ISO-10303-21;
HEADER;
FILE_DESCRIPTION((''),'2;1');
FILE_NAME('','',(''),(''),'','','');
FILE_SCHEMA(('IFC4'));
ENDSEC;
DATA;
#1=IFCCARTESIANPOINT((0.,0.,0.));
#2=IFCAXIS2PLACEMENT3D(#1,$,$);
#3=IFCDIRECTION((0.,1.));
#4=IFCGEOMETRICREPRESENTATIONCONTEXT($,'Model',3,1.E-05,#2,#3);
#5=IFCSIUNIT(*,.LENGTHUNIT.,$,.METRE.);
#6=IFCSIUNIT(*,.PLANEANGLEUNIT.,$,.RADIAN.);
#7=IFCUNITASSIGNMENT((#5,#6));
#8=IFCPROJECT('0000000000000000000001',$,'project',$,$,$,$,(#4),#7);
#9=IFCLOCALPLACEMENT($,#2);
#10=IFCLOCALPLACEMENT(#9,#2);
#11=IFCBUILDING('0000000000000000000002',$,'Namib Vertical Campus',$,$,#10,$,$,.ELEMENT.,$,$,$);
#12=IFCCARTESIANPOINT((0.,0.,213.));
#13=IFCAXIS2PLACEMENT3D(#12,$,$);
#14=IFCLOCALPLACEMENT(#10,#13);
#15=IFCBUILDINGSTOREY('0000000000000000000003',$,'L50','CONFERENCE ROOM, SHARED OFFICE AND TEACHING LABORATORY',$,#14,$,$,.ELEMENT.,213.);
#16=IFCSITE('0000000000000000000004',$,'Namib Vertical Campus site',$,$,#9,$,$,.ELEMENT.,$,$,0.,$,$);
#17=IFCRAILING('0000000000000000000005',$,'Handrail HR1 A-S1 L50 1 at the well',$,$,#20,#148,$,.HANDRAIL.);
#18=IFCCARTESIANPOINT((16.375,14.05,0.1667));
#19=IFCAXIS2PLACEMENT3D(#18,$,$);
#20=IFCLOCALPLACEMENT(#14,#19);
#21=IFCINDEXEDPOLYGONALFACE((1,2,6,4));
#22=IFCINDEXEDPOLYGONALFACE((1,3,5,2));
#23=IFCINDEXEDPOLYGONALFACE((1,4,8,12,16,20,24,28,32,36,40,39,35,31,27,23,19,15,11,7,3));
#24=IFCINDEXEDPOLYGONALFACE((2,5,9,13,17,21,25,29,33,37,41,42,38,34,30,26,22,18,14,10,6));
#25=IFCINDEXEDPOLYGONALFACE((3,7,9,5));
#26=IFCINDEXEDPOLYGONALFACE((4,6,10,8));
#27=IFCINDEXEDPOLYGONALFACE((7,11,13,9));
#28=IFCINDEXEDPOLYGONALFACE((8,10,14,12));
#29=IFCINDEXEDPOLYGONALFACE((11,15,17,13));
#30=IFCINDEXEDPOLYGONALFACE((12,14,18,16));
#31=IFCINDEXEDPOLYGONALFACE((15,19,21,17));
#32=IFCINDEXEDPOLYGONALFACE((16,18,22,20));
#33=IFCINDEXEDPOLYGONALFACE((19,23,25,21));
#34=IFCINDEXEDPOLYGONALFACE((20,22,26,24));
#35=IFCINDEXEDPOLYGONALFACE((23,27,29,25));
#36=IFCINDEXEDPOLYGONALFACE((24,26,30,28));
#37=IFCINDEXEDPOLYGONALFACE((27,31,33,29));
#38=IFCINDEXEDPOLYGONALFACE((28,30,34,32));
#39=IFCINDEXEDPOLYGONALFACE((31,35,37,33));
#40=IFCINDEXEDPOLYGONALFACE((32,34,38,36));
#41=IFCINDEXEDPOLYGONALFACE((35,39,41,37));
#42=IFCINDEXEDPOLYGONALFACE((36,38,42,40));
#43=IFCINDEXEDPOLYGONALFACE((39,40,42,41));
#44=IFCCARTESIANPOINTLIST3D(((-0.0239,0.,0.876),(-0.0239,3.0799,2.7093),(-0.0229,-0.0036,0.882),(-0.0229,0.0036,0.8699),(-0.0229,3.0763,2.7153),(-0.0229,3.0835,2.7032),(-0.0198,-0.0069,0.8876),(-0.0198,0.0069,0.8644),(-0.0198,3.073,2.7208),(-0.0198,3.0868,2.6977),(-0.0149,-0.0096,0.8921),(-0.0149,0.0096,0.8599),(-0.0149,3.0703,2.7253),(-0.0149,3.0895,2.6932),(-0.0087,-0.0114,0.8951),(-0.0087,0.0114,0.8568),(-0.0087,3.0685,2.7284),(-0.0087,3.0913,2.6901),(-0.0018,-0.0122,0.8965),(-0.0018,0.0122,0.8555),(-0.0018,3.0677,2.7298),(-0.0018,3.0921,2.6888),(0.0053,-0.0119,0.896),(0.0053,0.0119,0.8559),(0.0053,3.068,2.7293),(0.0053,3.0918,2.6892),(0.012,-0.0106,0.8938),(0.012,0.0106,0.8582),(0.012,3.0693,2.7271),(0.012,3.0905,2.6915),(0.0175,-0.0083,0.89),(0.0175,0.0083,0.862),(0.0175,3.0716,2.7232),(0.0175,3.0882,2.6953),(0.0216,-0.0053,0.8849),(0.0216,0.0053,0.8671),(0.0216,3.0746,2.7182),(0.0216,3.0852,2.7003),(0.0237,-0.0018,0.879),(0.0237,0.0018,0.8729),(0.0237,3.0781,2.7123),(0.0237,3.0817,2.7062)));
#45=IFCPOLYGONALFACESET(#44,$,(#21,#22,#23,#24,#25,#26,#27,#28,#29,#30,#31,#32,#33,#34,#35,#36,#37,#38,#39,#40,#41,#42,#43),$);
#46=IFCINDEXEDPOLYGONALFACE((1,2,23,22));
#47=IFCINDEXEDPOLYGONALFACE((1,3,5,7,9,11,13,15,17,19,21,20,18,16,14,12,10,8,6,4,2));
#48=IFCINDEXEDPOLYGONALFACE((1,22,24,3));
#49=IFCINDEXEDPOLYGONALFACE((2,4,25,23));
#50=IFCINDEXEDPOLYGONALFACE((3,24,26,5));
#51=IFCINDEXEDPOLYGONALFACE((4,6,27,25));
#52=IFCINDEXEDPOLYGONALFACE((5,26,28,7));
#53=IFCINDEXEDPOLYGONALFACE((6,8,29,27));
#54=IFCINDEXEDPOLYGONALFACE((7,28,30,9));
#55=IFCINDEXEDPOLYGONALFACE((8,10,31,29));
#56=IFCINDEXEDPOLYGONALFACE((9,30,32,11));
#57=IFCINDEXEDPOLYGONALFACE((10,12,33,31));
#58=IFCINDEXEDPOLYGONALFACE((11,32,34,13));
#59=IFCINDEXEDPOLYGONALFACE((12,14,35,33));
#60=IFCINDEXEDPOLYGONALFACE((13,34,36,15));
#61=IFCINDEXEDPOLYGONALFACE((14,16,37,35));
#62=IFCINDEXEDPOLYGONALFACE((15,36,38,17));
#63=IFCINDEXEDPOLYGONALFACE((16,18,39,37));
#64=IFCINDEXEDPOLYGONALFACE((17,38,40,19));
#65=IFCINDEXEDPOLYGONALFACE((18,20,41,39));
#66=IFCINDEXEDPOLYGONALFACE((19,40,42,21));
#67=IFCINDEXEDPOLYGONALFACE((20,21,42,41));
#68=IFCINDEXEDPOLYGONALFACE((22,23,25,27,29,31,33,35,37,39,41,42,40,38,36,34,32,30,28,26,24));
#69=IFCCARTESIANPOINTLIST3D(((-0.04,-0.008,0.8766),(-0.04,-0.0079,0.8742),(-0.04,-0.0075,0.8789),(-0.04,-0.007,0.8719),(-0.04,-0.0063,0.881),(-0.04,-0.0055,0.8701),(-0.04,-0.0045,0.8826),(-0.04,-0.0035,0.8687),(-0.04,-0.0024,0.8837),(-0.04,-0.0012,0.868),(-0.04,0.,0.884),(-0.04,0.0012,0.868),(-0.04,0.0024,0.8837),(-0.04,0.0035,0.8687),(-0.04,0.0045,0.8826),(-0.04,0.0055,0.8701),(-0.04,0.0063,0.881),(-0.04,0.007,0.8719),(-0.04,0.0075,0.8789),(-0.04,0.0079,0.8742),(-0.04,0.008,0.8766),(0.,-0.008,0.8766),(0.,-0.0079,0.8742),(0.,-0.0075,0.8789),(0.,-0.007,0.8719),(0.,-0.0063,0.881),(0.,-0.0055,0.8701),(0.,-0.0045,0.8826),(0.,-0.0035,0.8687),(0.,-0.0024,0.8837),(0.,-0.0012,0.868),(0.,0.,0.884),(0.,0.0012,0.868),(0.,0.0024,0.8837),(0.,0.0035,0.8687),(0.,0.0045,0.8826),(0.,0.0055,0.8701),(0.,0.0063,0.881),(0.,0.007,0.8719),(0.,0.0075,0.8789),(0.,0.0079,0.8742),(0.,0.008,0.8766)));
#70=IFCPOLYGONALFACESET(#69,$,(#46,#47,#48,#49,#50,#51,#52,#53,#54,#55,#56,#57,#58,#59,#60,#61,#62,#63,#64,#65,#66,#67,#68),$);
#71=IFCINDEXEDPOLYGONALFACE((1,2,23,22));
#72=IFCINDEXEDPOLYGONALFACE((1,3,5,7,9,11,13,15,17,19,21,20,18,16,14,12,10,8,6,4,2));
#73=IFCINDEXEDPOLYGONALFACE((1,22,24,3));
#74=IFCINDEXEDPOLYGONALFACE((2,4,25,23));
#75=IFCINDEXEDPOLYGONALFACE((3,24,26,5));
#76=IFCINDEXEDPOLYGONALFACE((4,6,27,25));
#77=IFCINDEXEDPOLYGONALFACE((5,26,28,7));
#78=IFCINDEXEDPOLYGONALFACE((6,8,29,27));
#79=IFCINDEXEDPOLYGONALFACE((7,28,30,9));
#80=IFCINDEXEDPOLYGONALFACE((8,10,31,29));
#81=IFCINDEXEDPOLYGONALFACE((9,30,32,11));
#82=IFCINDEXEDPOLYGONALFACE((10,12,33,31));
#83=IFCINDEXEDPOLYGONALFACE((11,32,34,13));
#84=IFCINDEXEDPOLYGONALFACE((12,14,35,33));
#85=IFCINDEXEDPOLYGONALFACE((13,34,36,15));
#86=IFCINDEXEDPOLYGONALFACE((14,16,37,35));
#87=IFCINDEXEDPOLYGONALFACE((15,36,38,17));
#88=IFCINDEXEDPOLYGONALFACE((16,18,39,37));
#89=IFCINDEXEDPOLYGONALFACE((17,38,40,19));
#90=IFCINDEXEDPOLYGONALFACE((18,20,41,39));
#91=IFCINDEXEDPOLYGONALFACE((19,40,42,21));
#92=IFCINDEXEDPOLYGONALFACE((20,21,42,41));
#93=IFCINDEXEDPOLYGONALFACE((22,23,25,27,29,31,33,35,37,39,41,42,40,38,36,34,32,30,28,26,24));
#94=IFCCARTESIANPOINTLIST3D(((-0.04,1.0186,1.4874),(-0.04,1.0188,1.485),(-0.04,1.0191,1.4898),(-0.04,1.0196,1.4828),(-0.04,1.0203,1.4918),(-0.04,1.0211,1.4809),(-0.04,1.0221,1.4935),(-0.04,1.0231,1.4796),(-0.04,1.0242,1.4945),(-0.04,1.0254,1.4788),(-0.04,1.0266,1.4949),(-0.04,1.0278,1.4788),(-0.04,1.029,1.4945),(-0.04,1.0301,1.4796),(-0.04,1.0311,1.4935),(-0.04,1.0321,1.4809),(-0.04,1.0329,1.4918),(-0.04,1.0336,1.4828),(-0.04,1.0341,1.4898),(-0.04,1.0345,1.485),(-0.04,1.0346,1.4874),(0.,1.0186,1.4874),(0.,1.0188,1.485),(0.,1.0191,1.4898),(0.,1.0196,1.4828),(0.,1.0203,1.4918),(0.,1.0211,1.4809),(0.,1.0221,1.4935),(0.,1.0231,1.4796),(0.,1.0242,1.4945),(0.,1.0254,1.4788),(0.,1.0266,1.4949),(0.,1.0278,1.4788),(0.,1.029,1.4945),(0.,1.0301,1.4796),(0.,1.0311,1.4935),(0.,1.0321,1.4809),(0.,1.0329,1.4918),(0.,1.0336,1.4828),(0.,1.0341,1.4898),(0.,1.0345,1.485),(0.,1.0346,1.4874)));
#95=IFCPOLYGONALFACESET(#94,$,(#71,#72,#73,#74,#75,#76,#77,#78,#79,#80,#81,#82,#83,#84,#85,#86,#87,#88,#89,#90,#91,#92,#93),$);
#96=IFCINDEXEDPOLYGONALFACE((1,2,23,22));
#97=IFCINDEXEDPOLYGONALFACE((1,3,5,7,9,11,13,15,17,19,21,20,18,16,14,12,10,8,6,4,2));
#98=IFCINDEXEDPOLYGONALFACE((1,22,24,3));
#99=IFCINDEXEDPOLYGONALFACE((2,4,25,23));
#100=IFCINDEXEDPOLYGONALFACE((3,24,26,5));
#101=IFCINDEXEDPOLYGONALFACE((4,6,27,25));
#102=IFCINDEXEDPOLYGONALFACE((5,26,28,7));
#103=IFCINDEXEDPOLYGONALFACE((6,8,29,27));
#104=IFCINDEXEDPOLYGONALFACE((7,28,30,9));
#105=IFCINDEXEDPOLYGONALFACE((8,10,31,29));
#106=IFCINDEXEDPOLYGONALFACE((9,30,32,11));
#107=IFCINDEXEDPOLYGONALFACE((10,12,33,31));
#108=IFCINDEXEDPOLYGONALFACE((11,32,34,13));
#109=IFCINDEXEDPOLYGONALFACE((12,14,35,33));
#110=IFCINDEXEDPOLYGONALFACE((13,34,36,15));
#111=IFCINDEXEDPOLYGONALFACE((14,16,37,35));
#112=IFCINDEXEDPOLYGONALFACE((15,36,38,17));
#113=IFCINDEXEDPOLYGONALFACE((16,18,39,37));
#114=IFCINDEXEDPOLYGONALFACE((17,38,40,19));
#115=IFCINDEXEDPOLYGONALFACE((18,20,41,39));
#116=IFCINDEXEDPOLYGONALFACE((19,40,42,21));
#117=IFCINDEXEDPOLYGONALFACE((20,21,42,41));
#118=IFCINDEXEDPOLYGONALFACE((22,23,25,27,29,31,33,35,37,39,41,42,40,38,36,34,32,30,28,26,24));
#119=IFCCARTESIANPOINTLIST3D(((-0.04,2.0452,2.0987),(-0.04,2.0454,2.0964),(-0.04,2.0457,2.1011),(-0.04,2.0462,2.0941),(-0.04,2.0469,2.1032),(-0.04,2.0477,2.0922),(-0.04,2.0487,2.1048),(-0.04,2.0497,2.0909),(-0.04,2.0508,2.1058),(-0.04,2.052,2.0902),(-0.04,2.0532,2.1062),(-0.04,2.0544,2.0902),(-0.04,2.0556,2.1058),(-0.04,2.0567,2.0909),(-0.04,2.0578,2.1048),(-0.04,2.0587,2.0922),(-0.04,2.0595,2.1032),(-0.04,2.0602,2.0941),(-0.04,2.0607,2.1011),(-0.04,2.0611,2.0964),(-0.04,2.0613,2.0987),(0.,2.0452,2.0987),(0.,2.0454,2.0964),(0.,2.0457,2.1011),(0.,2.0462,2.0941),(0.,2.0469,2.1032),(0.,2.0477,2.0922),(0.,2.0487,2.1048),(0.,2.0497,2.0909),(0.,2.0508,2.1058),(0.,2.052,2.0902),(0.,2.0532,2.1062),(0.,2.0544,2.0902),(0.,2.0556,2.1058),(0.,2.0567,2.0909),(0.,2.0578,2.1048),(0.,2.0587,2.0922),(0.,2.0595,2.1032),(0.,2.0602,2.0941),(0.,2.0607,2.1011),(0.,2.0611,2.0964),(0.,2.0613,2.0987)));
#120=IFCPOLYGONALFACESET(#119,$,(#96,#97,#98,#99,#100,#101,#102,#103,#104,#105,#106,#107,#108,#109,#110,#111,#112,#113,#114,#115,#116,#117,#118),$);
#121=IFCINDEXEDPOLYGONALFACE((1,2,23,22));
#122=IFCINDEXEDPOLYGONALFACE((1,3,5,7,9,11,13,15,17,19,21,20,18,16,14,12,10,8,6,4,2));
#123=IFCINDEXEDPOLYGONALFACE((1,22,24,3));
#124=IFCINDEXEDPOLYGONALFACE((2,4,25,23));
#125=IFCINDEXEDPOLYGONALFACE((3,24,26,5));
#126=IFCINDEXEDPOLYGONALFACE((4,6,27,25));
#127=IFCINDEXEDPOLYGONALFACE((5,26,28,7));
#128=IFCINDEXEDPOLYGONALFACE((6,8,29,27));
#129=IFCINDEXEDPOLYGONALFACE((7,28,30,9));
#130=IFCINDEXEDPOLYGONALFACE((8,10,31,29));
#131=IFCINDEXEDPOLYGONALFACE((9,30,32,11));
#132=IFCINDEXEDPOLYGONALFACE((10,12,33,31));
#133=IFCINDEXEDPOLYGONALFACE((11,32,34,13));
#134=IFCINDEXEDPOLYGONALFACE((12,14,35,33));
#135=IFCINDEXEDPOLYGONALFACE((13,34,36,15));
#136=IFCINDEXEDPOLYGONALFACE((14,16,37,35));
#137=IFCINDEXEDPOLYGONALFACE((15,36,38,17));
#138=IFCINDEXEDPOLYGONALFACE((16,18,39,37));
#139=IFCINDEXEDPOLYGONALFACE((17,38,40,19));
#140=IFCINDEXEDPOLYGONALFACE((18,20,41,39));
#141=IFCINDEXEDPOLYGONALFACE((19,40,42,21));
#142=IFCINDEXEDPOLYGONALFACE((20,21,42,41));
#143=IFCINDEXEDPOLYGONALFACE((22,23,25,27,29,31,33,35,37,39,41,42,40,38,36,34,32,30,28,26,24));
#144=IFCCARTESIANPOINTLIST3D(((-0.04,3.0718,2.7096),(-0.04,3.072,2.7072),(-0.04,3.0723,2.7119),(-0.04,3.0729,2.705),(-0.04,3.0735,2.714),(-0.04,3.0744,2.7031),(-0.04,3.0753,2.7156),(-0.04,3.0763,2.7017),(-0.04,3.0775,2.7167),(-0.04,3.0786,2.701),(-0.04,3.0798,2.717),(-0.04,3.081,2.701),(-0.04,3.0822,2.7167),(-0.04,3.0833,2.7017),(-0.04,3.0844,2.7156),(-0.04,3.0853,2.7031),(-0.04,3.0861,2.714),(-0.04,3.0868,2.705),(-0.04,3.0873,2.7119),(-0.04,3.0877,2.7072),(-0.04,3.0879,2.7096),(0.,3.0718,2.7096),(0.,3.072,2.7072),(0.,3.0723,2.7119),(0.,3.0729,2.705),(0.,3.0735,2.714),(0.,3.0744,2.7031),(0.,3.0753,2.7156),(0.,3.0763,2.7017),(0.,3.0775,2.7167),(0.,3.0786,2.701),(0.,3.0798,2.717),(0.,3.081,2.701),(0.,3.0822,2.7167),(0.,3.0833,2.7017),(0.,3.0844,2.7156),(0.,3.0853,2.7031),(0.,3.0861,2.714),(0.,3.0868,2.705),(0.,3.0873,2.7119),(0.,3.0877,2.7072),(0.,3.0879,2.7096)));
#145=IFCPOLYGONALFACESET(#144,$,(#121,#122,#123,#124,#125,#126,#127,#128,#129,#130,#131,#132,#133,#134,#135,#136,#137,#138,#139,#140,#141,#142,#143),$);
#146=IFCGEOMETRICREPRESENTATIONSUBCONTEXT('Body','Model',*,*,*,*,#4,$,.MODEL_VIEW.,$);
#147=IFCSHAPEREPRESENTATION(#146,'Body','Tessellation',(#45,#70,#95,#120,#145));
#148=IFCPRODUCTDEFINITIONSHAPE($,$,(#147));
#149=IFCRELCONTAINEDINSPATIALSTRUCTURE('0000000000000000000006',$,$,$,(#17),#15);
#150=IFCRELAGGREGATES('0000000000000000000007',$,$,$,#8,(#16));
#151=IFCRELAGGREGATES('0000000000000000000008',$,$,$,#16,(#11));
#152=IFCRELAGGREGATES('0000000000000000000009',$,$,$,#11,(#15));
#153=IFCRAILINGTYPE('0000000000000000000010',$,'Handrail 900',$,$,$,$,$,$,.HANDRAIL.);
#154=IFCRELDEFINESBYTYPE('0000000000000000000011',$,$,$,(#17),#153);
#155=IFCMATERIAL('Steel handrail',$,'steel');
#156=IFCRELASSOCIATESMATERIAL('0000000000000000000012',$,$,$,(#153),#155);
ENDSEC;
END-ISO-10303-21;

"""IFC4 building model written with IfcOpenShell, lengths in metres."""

from ifc_helpers import new_model, si_unit, direction, frame, origin, origin_2d, place, context, subcontext, project, spatial, circle, extrude, material, type_object, element, save


model = new_model("IFC4")

# Units and contexts
model_context = context("Model", 3, precision=1e-05, world=origin(), true_north=direction((0.0, 1.0)))
body_context = subcontext(model_context, "Body", "Model", "MODEL_VIEW")
ifc_project = project(units=[si_unit("LENGTHUNIT", "METRE"), si_unit("PLANEANGLEUNIT", "RADIAN")], contexts=[model_context])

# Site, building, storey
site_placement = place(None, origin())
site = spatial("IfcSite", under=ifc_project, at=site_placement, Name="Namib Vertical Campus site", CompositionType="ELEMENT", RefElevation=0.0)
building_placement = place(site_placement, origin())
building = spatial("IfcBuilding", under=site, at=building_placement, Name="Namib Vertical Campus", CompositionType="ELEMENT")
storey_placement = place(building_placement, frame((0.0, 0.0, 213.0)))
storey = spatial("IfcBuildingStorey", under=building, at=storey_placement, Name="L50", Description="CONFERENCE ROOM, SHARED OFFICE AND TEACHING LABORATORY", CompositionType="ELEMENT", Elevation=213.0)

# Railing
ifc_material_1 = material(Name="Steel handrail", Category="steel")
railing_type_1 = type_object("IfcRailingType", Name="Handrail 900", PredefinedType="HANDRAIL", material=ifc_material_1)
railing_1_placement = place(storey_placement, frame((16.375, 14.05, 0.1667)))
element("IfcRailing", 1, at=railing_1_placement, inside=storey, type_object=railing_type_1, Name="Handrail HR1 A-S1 L50 1 at the well", PredefinedType="HANDRAIL", context=body_context, shape_type="SweptSolid", body=[
    extrude(circle(Radius=0.0239, at=origin_2d()), frame((0.0, 0.0, 0.876), z_axis=(0.0, 0.859291, 0.511487), x_axis=(-1.0, 0.0, 0.0)), (0.0, 0.0, 1.0), 3.5842),
    extrude(circle(Radius=0.0081, at=origin_2d()), frame((0.0, 0.0, 0.876), z_axis=(-1.0, 0.0, 0.0), x_axis=(0.0, 0.0, 1.0)), (0.0, 0.0, 1.0), 0.04),
    extrude(circle(Radius=0.0081, at=origin_2d()), frame((0.0, 1.0266, 1.4868), z_axis=(-1.0, 0.0, 0.0), x_axis=(0.0, 0.0, 1.0)), (0.0, 0.0, 1.0), 0.04),
    extrude(circle(Radius=0.0081, at=origin_2d()), frame((0.0, 2.0532, 2.0981), z_axis=(-1.0, 0.0, 0.0), x_axis=(0.0, 0.0, 1.0)), (0.0, 0.0, 1.0), 0.04),
    extrude(circle(Radius=0.0081, at=origin_2d()), frame((0.0, 3.0798, 2.709), z_axis=(-1.0, 0.0, 0.0), x_axis=(0.0, 0.0, 1.0)), (0.0, 0.0, 1.0), 0.04),
])

save(model, "model.ifc")
